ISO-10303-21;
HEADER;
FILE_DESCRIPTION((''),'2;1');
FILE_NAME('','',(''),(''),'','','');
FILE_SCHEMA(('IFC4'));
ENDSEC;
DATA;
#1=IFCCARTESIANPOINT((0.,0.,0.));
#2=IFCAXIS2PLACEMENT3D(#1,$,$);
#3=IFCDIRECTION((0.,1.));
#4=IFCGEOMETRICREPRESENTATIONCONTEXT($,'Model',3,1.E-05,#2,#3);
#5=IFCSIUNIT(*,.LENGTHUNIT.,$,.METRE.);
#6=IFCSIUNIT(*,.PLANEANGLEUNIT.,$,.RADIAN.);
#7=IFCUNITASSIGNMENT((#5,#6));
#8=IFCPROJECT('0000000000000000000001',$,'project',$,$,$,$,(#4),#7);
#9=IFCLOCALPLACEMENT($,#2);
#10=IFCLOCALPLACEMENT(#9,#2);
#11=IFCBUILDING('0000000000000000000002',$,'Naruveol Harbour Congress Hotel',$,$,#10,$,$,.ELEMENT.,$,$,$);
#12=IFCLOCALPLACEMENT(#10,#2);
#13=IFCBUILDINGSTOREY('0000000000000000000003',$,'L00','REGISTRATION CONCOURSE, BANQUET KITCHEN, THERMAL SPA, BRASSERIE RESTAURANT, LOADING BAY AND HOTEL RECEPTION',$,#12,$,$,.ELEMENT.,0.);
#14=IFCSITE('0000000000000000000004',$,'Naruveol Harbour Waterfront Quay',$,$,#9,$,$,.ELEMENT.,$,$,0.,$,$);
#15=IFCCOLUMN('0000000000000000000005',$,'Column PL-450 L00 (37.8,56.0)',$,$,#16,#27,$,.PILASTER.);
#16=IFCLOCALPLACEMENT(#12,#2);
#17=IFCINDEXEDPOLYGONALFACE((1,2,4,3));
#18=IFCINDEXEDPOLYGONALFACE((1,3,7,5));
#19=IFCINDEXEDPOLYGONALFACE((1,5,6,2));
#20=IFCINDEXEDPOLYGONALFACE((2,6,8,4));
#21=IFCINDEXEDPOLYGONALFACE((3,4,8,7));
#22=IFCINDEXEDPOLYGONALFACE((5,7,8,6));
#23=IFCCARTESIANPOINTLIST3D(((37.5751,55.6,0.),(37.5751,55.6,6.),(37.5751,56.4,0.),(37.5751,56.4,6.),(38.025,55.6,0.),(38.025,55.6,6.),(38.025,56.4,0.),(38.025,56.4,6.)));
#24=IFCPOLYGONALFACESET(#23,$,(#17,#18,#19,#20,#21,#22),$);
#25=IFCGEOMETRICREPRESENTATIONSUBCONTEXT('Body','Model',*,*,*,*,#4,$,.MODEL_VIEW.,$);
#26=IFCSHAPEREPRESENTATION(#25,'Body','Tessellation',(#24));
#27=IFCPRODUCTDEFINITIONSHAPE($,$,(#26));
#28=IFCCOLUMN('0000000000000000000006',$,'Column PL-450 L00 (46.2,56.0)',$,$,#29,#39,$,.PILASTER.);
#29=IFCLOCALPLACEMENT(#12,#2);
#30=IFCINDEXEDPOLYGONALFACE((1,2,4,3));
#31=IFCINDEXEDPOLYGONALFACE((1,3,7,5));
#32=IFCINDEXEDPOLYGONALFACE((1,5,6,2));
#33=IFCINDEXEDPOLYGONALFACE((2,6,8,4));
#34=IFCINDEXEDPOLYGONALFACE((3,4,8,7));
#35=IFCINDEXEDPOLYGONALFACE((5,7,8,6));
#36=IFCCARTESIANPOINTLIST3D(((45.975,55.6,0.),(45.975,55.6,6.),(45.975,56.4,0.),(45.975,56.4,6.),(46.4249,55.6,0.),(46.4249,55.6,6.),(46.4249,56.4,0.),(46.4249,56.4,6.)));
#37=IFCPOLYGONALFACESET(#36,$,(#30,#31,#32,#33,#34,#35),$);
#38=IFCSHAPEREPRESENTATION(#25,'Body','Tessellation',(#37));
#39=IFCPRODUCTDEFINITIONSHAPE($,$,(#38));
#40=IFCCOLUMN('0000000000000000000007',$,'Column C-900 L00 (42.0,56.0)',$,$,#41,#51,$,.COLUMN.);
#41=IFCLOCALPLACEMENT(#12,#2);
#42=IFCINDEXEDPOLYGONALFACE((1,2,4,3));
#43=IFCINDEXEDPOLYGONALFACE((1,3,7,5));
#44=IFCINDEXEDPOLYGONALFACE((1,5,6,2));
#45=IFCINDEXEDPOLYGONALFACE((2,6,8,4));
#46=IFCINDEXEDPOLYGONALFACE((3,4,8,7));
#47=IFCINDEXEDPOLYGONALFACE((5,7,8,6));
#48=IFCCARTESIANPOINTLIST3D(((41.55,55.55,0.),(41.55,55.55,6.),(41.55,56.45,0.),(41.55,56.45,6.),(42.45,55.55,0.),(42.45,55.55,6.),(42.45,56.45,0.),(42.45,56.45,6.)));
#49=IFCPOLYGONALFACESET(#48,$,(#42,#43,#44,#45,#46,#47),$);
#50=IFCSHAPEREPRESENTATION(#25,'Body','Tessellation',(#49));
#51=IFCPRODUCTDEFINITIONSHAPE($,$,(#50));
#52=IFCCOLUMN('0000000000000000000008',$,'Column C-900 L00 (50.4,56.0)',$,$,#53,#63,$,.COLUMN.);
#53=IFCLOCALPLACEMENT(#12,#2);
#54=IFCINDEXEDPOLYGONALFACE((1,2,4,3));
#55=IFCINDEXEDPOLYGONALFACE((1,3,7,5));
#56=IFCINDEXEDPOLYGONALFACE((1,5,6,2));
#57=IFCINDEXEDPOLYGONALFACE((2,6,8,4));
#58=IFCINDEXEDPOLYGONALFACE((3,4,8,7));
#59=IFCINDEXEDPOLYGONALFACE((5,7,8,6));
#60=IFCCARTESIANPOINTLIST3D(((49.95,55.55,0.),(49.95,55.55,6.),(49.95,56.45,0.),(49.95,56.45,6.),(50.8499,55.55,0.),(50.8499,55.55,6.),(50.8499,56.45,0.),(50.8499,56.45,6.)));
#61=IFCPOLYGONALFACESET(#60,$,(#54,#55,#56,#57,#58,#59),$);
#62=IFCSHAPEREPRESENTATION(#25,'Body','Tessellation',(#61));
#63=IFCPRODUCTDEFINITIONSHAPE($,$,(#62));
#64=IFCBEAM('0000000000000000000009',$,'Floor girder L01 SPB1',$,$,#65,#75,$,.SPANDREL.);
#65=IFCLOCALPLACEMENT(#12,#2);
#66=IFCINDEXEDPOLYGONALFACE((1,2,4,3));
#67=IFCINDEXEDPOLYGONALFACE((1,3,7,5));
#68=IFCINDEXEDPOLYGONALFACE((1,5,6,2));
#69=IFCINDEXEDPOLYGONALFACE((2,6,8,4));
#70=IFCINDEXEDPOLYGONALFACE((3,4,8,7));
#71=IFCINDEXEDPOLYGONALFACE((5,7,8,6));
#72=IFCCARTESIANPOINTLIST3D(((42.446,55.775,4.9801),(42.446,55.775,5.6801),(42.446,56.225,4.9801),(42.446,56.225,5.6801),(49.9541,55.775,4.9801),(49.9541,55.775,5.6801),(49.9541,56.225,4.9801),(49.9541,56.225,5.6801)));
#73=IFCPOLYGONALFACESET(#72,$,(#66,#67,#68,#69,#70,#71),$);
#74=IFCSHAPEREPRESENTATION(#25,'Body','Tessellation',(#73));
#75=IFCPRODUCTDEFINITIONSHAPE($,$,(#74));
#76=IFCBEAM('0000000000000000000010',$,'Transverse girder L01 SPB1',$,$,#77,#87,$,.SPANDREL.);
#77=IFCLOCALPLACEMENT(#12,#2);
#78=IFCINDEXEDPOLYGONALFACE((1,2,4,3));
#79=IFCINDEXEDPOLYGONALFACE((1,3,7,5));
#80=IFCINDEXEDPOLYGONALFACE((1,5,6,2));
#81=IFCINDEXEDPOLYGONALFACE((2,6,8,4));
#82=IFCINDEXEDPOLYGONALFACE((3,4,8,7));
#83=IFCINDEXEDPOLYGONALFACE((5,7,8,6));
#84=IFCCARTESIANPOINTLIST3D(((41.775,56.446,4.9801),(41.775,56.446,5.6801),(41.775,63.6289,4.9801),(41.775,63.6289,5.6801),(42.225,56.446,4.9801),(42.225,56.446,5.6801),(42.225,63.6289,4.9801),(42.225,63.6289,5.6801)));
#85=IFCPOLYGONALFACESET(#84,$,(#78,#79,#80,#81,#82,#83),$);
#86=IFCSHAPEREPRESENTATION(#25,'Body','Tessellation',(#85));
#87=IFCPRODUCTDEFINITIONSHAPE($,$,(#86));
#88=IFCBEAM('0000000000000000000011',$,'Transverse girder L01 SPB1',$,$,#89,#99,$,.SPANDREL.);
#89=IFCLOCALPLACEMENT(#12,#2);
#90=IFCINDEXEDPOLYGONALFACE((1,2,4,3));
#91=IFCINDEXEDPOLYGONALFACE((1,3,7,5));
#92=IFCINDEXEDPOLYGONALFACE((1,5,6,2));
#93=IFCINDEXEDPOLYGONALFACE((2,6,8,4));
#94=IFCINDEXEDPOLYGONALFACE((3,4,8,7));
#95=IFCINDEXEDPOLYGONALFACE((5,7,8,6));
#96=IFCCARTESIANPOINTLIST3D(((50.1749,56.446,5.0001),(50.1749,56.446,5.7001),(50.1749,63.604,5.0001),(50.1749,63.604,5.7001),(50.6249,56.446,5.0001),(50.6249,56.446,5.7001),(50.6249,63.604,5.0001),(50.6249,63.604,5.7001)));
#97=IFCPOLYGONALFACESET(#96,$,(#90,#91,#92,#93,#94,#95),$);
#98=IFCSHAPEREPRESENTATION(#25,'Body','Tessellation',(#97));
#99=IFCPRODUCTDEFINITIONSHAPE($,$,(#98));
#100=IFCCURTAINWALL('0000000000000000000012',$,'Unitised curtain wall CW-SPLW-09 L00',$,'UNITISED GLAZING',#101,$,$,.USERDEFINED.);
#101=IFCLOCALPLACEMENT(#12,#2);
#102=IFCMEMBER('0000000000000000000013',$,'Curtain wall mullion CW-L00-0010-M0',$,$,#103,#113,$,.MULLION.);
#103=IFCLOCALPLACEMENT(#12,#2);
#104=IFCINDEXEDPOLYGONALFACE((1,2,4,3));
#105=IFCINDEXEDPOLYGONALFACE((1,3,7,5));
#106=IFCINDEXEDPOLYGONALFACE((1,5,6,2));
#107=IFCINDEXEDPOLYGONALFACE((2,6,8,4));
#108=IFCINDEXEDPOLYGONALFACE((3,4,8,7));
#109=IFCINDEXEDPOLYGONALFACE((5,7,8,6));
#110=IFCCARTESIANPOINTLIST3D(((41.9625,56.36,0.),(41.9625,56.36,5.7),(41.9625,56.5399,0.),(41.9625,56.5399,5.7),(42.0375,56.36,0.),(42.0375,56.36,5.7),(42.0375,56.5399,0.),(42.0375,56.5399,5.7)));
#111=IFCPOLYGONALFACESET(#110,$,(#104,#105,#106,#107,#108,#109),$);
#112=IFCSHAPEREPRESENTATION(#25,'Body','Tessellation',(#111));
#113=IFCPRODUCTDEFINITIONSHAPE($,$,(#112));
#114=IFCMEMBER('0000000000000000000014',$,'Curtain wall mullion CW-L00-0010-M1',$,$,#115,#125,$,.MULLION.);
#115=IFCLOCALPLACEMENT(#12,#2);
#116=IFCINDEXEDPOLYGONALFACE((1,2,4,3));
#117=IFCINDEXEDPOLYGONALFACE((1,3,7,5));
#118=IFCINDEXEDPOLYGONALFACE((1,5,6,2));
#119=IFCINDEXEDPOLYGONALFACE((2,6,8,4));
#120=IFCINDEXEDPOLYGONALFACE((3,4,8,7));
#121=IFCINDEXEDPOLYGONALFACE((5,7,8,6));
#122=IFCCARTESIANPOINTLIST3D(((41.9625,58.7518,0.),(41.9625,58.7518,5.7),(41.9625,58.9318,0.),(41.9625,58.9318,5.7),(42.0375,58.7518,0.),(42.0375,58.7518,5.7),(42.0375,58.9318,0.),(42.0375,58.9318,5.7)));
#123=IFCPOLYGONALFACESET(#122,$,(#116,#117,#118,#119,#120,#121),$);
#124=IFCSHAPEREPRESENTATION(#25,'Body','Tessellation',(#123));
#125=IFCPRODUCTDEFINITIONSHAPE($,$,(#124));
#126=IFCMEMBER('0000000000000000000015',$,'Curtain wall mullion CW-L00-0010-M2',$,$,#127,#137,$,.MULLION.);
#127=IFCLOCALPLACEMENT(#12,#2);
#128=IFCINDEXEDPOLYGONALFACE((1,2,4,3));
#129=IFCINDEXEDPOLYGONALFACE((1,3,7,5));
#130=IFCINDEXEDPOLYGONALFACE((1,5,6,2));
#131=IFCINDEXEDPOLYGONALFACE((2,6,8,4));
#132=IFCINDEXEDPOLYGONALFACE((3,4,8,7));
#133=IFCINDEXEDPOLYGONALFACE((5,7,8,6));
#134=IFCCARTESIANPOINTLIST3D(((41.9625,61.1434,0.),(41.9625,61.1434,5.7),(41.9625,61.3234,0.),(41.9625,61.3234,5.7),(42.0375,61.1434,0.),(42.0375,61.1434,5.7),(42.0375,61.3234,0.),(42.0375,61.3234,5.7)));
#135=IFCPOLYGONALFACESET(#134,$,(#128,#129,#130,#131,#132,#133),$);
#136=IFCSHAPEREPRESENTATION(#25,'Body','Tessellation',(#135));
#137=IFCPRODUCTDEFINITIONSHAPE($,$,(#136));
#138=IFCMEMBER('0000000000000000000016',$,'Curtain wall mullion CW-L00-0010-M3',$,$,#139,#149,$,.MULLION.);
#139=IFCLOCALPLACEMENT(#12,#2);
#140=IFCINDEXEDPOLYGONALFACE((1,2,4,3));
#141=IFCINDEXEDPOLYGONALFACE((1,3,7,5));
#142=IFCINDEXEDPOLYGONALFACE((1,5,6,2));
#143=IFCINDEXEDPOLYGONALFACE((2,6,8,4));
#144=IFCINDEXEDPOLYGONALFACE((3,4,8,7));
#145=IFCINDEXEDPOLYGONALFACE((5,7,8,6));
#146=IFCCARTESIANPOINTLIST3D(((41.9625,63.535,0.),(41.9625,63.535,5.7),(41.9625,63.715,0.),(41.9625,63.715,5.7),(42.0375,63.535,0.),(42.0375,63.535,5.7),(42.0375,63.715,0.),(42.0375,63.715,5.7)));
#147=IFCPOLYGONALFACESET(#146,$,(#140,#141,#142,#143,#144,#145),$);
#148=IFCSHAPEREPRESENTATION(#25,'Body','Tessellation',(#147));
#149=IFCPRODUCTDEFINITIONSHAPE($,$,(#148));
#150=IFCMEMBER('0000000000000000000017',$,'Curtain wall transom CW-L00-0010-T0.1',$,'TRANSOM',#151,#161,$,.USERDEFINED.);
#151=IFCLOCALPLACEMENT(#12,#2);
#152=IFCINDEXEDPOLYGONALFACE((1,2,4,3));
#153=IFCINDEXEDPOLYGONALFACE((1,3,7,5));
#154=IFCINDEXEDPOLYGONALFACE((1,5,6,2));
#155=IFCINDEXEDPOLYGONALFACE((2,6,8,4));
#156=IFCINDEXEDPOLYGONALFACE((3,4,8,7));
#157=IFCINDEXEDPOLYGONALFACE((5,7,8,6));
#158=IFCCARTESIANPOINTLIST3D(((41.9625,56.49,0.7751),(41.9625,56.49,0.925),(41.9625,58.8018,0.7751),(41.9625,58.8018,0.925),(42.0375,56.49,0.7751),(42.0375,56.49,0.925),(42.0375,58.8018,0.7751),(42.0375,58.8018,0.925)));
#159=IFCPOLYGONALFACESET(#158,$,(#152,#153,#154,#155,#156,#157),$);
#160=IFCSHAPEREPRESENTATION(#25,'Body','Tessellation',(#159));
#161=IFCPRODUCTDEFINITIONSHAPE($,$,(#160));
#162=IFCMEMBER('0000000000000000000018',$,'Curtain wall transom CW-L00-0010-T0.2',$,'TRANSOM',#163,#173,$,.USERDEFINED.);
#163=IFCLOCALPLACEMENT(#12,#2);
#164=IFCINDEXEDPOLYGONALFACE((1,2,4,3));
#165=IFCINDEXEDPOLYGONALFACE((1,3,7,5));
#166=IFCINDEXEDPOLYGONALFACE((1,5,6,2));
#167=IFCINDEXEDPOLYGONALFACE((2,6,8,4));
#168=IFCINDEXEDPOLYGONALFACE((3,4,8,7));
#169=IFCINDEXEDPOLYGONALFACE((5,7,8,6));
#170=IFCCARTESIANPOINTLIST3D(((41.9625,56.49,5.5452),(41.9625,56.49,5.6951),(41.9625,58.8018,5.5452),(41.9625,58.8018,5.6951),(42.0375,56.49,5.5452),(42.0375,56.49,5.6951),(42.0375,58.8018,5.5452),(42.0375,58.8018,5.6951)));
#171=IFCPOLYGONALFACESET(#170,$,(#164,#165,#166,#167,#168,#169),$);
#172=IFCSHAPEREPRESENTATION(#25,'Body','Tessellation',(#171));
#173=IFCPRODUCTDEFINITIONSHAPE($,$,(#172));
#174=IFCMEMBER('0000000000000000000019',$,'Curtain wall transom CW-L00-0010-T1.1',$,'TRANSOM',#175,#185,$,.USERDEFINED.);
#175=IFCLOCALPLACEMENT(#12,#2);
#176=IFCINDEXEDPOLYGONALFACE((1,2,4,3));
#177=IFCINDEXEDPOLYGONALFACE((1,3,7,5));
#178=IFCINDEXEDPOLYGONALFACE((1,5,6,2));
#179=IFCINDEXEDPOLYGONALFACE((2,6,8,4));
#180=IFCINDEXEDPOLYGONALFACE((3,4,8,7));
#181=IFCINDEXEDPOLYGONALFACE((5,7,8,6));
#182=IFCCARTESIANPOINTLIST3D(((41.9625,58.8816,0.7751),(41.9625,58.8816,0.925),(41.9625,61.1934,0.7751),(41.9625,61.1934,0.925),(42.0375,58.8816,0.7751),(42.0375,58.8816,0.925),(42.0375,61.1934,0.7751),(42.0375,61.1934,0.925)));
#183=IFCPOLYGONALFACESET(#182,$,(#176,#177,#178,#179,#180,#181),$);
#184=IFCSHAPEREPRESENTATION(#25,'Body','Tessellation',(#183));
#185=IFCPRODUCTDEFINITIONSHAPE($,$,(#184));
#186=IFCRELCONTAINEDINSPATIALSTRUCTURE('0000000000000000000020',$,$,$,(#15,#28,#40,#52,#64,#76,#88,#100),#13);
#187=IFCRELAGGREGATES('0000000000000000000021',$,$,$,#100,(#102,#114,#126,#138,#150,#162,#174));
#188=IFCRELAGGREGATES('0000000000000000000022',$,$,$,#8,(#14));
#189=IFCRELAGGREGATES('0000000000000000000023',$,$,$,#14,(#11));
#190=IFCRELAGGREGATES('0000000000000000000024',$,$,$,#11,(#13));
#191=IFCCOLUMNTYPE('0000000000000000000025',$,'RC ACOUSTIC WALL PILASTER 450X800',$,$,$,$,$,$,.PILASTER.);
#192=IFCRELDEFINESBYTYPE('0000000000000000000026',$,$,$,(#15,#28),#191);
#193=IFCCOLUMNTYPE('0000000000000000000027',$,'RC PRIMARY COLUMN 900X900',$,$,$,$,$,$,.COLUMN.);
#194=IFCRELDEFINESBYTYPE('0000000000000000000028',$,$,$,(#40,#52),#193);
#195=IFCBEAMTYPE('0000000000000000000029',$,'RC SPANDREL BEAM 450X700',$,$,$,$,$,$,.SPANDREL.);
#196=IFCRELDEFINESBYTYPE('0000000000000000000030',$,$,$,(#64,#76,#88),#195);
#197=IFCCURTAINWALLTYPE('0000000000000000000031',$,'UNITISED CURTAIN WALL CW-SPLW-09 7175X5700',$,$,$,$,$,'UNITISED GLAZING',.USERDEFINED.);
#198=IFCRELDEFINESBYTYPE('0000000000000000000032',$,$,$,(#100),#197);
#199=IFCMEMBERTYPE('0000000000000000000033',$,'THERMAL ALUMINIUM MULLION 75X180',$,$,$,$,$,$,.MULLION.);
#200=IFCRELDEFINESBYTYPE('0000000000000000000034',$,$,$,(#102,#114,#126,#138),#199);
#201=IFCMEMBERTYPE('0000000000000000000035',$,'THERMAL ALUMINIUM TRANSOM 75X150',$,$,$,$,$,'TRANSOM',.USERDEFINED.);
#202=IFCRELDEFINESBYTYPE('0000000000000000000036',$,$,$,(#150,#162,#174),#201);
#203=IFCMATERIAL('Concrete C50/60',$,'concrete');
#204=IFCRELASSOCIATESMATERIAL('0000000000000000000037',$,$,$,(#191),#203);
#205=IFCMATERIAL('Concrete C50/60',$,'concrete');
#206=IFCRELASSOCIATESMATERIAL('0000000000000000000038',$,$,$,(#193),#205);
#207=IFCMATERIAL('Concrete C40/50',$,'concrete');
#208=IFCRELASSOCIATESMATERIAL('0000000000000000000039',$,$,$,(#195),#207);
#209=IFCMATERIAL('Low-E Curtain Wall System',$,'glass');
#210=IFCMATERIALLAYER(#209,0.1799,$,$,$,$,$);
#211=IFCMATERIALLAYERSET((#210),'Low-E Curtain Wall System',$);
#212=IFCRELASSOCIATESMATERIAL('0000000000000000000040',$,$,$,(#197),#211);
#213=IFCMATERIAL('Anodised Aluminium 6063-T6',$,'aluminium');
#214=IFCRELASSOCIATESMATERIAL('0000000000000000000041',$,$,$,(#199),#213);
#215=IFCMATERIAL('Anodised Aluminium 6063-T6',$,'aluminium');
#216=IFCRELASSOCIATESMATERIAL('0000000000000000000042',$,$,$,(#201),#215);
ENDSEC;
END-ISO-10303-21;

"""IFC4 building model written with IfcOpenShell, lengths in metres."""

from ifc_helpers import new_model, si_unit, direction, frame, origin, origin_2d, place, context, subcontext, project, spatial, rectangle, extrude, material, layer, layer_set, material_profile, profile_set, type_object, element, aggregate, save


model = new_model("IFC4")

# Units and contexts
model_context = context("Model", 3, precision=1e-05, world=origin(), true_north=direction((0.0, 1.0)))
body_context = subcontext(model_context, "Body", "Model", "MODEL_VIEW")
ifc_project = project(units=[si_unit("LENGTHUNIT", "METRE"), si_unit("PLANEANGLEUNIT", "RADIAN")], contexts=[model_context])

# Site, building, storey
site_placement = place(None, origin())
site = spatial("IfcSite", under=ifc_project, at=site_placement, Name="Naruveol Harbour Waterfront Quay", CompositionType="ELEMENT", RefElevation=0.0)
building_placement = place(site_placement, origin())
building = spatial("IfcBuilding", under=site, at=building_placement, Name="Naruveol Harbour Congress Hotel", CompositionType="ELEMENT")
storey_placement = place(building_placement, origin())
storey = spatial("IfcBuildingStorey", under=building, at=storey_placement, Name="L00", Description="REGISTRATION CONCOURSE, BANQUET KITCHEN, THERMAL SPA, BRASSERIE RESTAURANT, LOADING BAY AND HOTEL RECEPTION", CompositionType="ELEMENT", Elevation=0.0)

# Columns
ifc_material_1 = material(Name="Concrete C50/60", Category="concrete")
ifc_material_profile_1 = material_profile(ifc_material_1, rectangle(XDim=0.45, YDim=0.8, at=origin_2d()), Name="RC-450x800")
ifc_profile_set_1 = profile_set([ifc_material_profile_1], Name="Concrete C50/60")
column_type_1 = type_object("IfcColumnType", Name="RC ACOUSTIC WALL PILASTER 450X800", PredefinedType="PILASTER", material=ifc_profile_set_1)
for number, where, z_axis, x_axis, name in (
    (1, (37.8, 56.0, 0.0), (0.0, 0.0, 1.0), (1.0, 0.0, 0.0), "Column PL-450 L00 (37.8,56.0)"),
    (2, (46.2, 56.0, 0.0), (0.0, 0.0, 1.0), (1.0, 0.0, 0.0), "Column PL-450 L00 (46.2,56.0)"),
):
    element("IfcColumn", number, at=place(storey_placement, frame(where, z_axis=z_axis, x_axis=x_axis)), inside=storey, type_object=column_type_1, Name=name, PredefinedType="PILASTER", context=body_context, shape_type="SweptSolid", body=[
        extrude(rectangle(XDim=0.45, YDim=0.8, at=origin_2d()), origin(), (0.0, 0.0, 1.0), 6.0),
    ])
ifc_material_2 = material(Name="Concrete C50/60", Category="concrete")
ifc_material_profile_2 = material_profile(ifc_material_2, rectangle(XDim=0.8999, YDim=0.8999, at=origin_2d()), Name="RC-900x900")
ifc_profile_set_2 = profile_set([ifc_material_profile_2], Name="Concrete C50/60")
column_type_2 = type_object("IfcColumnType", Name="RC PRIMARY COLUMN 900X900", PredefinedType="COLUMN", material=ifc_profile_set_2)
for number, where, z_axis, x_axis, name in (
    (3, (42.0, 56.0, 0.0), (0.0, 0.0, 1.0), (1.0, 0.0, 0.0), "Column C-900 L00 (42.0,56.0)"),
    (4, (50.3999, 56.0, 0.0), (0.0, 0.0, 1.0), (1.0, 0.0, 0.0), "Column C-900 L00 (50.4,56.0)"),
):
    element("IfcColumn", number, at=place(storey_placement, frame(where, z_axis=z_axis, x_axis=x_axis)), inside=storey, type_object=column_type_2, Name=name, PredefinedType="COLUMN", context=body_context, shape_type="SweptSolid", body=[
        extrude(rectangle(XDim=0.8999, YDim=0.8999, at=origin_2d()), origin(), (0.0, 0.0, 1.0), 6.0),
    ])

# Beams
ifc_material_3 = material(Name="Concrete C40/50", Category="concrete")
ifc_material_profile_3 = material_profile(ifc_material_3, rectangle(XDim=0.45, YDim=0.7, at=origin_2d()), Name="RCB-450x700")
ifc_profile_set_3 = profile_set([ifc_material_profile_3], Name="Concrete C40/50")
beam_type = type_object("IfcBeamType", Name="RC SPANDREL BEAM 450X700", PredefinedType="SPANDREL", material=ifc_profile_set_3)
beam_1_placement = place(storey_placement, frame((42.446, 56.0, 5.3301), z_axis=(1.0, 0.0, 0.0), x_axis=(0.0, 1.0, 0.0)))
element("IfcBeam", 5, at=beam_1_placement, inside=storey, type_object=beam_type, Name="Floor girder L01 SPB1", PredefinedType="SPANDREL", context=body_context, shape_type="SweptSolid", body=[
    extrude(rectangle(XDim=0.45, YDim=0.7, at=origin_2d()), origin(), (0.0, 0.0, 1.0), 7.5081),
])
beam_2_placement = place(storey_placement, frame((42.0, 56.446, 5.3301), z_axis=(0.0, 1.0, 0.0), x_axis=(-1.0, 0.0, 0.0)))
element("IfcBeam", 6, at=beam_2_placement, inside=storey, type_object=beam_type, Name="Transverse girder L01 SPB1", PredefinedType="SPANDREL", context=body_context, shape_type="SweptSolid", body=[
    extrude(rectangle(XDim=0.45, YDim=0.7, at=origin_2d()), origin(), (0.0, 0.0, 1.0), 7.1829),
])
beam_3_placement = place(storey_placement, frame((50.3999, 56.446, 5.3501), z_axis=(0.0, 1.0, 0.0), x_axis=(-1.0, 0.0, 0.0)))
element("IfcBeam", 7, at=beam_3_placement, inside=storey, type_object=beam_type, Name="Transverse girder L01 SPB1", PredefinedType="SPANDREL", context=body_context, shape_type="SweptSolid", body=[
    extrude(rectangle(XDim=0.45, YDim=0.7, at=origin_2d()), origin(), (0.0, 0.0, 1.0), 7.158),
])

# Curtain wall, members
ifc_material_4 = material(Name="Low-E Curtain Wall System", Category="glass")
ifc_layer_1 = layer(ifc_material_4, 0.1799)
ifc_layer_set_1 = layer_set([ifc_layer_1], Name="Low-E Curtain Wall System")
curtain_wall_type_1 = type_object("IfcCurtainWallType", Name="UNITISED CURTAIN WALL CW-SPLW-09 7175X5700", ElementType="UNITISED GLAZING", PredefinedType="USERDEFINED", material=ifc_layer_set_1)
curtain_wall_1_placement = place(storey_placement, origin())
curtain_wall_1 = element("IfcCurtainWall", 8, at=curtain_wall_1_placement, inside=storey, type_object=curtain_wall_type_1, Name="Unitised curtain wall CW-SPLW-09 L00", ObjectType="UNITISED GLAZING", PredefinedType="USERDEFINED")
ifc_material_5 = material(Name="Anodised Aluminium 6063-T6", Category="aluminium")
ifc_material_profile_4 = material_profile(ifc_material_5, rectangle(XDim=0.075, YDim=0.1799, at=origin_2d()), Name="ALU-75x180")
ifc_profile_set_4 = profile_set([ifc_material_profile_4], Name="Anodised Aluminium 6063-T6")
member_type_1 = type_object("IfcMemberType", Name="THERMAL ALUMINIUM MULLION 75X180", PredefinedType="MULLION", material=ifc_profile_set_4)
member_1_placement = place(storey_placement, frame((42.0, 56.45, 0.0), z_axis=(0.0, 0.0, 1.0), x_axis=(1.0, 0.0, 0.0)))
member_1 = element("IfcMember", 9, at=member_1_placement, type_object=member_type_1, Name="Curtain wall mullion CW-L00-0010-M0", PredefinedType="MULLION", context=body_context, shape_type="SweptSolid", body=[
    extrude(rectangle(XDim=0.075, YDim=0.1799, at=origin_2d()), origin(), (0.0, 0.0, 1.0), 5.7),
])
member_2_placement = place(storey_placement, frame((42.0, 58.8418, 0.0), z_axis=(0.0, 0.0, 1.0), x_axis=(1.0, 0.0, 0.0)))
member_2 = element("IfcMember", 10, at=member_2_placement, type_object=member_type_1, Name="Curtain wall mullion CW-L00-0010-M1", PredefinedType="MULLION", context=body_context, shape_type="SweptSolid", body=[
    extrude(rectangle(XDim=0.075, YDim=0.1799, at=origin_2d()), origin(), (0.0, 0.0, 1.0), 5.7),
])
member_3_placement = place(storey_placement, frame((42.0, 61.2334, 0.0), z_axis=(0.0, 0.0, 1.0), x_axis=(1.0, 0.0, 0.0)))
member_3 = element("IfcMember", 11, at=member_3_placement, type_object=member_type_1, Name="Curtain wall mullion CW-L00-0010-M2", PredefinedType="MULLION", context=body_context, shape_type="SweptSolid", body=[
    extrude(rectangle(XDim=0.075, YDim=0.1799, at=origin_2d()), origin(), (0.0, 0.0, 1.0), 5.7),
])
member_4_placement = place(storey_placement, frame((42.0, 63.625, 0.0), z_axis=(0.0, 0.0, 1.0), x_axis=(1.0, 0.0, 0.0)))
member_4 = element("IfcMember", 12, at=member_4_placement, type_object=member_type_1, Name="Curtain wall mullion CW-L00-0010-M3", PredefinedType="MULLION", context=body_context, shape_type="SweptSolid", body=[
    extrude(rectangle(XDim=0.075, YDim=0.1799, at=origin_2d()), origin(), (0.0, 0.0, 1.0), 5.7),
])
ifc_material_6 = material(Name="Anodised Aluminium 6063-T6", Category="aluminium")
ifc_material_profile_5 = material_profile(ifc_material_6, rectangle(XDim=0.075, YDim=0.1499, at=origin_2d()), Name="ALU-75x150")
ifc_profile_set_5 = profile_set([ifc_material_profile_5], Name="Anodised Aluminium 6063-T6")
member_type_2 = type_object("IfcMemberType", Name="THERMAL ALUMINIUM TRANSOM 75X150", ElementType="TRANSOM", PredefinedType="USERDEFINED", material=ifc_profile_set_5)
member_5_placement = place(storey_placement, frame((42.0, 56.49, 0.8501), z_axis=(0.0, 1.0, 0.0), x_axis=(-1.0, 0.0, 0.0)))
member_5 = element("IfcMember", 13, at=member_5_placement, type_object=member_type_2, Name="Curtain wall transom CW-L00-0010-T0.1", ObjectType="TRANSOM", PredefinedType="USERDEFINED", context=body_context, shape_type="SweptSolid", body=[
    extrude(rectangle(XDim=0.075, YDim=0.1499, at=origin_2d()), origin(), (0.0, 0.0, 1.0), 2.3118),
])
member_6_placement = place(storey_placement, frame((42.0, 56.49, 5.6201), z_axis=(0.0, 1.0, 0.0), x_axis=(-1.0, 0.0, 0.0)))
member_6 = element("IfcMember", 14, at=member_6_placement, type_object=member_type_2, Name="Curtain wall transom CW-L00-0010-T0.2", ObjectType="TRANSOM", PredefinedType="USERDEFINED", context=body_context, shape_type="SweptSolid", body=[
    extrude(rectangle(XDim=0.075, YDim=0.1499, at=origin_2d()), origin(), (0.0, 0.0, 1.0), 2.3118),
])
member_7_placement = place(storey_placement, frame((42.0, 58.8816, 0.8501), z_axis=(0.0, 1.0, 0.0), x_axis=(-1.0, 0.0, 0.0)))
member_7 = element("IfcMember", 15, at=member_7_placement, type_object=member_type_2, Name="Curtain wall transom CW-L00-0010-T1.1", ObjectType="TRANSOM", PredefinedType="USERDEFINED", context=body_context, shape_type="SweptSolid", body=[
    extrude(rectangle(XDim=0.075, YDim=0.1499, at=origin_2d()), origin(), (0.0, 0.0, 1.0), 2.3118),
])

aggregate(curtain_wall_1, [member_1, member_2, member_3, member_4, member_5, member_6, member_7])

save(model, "model.ifc")
